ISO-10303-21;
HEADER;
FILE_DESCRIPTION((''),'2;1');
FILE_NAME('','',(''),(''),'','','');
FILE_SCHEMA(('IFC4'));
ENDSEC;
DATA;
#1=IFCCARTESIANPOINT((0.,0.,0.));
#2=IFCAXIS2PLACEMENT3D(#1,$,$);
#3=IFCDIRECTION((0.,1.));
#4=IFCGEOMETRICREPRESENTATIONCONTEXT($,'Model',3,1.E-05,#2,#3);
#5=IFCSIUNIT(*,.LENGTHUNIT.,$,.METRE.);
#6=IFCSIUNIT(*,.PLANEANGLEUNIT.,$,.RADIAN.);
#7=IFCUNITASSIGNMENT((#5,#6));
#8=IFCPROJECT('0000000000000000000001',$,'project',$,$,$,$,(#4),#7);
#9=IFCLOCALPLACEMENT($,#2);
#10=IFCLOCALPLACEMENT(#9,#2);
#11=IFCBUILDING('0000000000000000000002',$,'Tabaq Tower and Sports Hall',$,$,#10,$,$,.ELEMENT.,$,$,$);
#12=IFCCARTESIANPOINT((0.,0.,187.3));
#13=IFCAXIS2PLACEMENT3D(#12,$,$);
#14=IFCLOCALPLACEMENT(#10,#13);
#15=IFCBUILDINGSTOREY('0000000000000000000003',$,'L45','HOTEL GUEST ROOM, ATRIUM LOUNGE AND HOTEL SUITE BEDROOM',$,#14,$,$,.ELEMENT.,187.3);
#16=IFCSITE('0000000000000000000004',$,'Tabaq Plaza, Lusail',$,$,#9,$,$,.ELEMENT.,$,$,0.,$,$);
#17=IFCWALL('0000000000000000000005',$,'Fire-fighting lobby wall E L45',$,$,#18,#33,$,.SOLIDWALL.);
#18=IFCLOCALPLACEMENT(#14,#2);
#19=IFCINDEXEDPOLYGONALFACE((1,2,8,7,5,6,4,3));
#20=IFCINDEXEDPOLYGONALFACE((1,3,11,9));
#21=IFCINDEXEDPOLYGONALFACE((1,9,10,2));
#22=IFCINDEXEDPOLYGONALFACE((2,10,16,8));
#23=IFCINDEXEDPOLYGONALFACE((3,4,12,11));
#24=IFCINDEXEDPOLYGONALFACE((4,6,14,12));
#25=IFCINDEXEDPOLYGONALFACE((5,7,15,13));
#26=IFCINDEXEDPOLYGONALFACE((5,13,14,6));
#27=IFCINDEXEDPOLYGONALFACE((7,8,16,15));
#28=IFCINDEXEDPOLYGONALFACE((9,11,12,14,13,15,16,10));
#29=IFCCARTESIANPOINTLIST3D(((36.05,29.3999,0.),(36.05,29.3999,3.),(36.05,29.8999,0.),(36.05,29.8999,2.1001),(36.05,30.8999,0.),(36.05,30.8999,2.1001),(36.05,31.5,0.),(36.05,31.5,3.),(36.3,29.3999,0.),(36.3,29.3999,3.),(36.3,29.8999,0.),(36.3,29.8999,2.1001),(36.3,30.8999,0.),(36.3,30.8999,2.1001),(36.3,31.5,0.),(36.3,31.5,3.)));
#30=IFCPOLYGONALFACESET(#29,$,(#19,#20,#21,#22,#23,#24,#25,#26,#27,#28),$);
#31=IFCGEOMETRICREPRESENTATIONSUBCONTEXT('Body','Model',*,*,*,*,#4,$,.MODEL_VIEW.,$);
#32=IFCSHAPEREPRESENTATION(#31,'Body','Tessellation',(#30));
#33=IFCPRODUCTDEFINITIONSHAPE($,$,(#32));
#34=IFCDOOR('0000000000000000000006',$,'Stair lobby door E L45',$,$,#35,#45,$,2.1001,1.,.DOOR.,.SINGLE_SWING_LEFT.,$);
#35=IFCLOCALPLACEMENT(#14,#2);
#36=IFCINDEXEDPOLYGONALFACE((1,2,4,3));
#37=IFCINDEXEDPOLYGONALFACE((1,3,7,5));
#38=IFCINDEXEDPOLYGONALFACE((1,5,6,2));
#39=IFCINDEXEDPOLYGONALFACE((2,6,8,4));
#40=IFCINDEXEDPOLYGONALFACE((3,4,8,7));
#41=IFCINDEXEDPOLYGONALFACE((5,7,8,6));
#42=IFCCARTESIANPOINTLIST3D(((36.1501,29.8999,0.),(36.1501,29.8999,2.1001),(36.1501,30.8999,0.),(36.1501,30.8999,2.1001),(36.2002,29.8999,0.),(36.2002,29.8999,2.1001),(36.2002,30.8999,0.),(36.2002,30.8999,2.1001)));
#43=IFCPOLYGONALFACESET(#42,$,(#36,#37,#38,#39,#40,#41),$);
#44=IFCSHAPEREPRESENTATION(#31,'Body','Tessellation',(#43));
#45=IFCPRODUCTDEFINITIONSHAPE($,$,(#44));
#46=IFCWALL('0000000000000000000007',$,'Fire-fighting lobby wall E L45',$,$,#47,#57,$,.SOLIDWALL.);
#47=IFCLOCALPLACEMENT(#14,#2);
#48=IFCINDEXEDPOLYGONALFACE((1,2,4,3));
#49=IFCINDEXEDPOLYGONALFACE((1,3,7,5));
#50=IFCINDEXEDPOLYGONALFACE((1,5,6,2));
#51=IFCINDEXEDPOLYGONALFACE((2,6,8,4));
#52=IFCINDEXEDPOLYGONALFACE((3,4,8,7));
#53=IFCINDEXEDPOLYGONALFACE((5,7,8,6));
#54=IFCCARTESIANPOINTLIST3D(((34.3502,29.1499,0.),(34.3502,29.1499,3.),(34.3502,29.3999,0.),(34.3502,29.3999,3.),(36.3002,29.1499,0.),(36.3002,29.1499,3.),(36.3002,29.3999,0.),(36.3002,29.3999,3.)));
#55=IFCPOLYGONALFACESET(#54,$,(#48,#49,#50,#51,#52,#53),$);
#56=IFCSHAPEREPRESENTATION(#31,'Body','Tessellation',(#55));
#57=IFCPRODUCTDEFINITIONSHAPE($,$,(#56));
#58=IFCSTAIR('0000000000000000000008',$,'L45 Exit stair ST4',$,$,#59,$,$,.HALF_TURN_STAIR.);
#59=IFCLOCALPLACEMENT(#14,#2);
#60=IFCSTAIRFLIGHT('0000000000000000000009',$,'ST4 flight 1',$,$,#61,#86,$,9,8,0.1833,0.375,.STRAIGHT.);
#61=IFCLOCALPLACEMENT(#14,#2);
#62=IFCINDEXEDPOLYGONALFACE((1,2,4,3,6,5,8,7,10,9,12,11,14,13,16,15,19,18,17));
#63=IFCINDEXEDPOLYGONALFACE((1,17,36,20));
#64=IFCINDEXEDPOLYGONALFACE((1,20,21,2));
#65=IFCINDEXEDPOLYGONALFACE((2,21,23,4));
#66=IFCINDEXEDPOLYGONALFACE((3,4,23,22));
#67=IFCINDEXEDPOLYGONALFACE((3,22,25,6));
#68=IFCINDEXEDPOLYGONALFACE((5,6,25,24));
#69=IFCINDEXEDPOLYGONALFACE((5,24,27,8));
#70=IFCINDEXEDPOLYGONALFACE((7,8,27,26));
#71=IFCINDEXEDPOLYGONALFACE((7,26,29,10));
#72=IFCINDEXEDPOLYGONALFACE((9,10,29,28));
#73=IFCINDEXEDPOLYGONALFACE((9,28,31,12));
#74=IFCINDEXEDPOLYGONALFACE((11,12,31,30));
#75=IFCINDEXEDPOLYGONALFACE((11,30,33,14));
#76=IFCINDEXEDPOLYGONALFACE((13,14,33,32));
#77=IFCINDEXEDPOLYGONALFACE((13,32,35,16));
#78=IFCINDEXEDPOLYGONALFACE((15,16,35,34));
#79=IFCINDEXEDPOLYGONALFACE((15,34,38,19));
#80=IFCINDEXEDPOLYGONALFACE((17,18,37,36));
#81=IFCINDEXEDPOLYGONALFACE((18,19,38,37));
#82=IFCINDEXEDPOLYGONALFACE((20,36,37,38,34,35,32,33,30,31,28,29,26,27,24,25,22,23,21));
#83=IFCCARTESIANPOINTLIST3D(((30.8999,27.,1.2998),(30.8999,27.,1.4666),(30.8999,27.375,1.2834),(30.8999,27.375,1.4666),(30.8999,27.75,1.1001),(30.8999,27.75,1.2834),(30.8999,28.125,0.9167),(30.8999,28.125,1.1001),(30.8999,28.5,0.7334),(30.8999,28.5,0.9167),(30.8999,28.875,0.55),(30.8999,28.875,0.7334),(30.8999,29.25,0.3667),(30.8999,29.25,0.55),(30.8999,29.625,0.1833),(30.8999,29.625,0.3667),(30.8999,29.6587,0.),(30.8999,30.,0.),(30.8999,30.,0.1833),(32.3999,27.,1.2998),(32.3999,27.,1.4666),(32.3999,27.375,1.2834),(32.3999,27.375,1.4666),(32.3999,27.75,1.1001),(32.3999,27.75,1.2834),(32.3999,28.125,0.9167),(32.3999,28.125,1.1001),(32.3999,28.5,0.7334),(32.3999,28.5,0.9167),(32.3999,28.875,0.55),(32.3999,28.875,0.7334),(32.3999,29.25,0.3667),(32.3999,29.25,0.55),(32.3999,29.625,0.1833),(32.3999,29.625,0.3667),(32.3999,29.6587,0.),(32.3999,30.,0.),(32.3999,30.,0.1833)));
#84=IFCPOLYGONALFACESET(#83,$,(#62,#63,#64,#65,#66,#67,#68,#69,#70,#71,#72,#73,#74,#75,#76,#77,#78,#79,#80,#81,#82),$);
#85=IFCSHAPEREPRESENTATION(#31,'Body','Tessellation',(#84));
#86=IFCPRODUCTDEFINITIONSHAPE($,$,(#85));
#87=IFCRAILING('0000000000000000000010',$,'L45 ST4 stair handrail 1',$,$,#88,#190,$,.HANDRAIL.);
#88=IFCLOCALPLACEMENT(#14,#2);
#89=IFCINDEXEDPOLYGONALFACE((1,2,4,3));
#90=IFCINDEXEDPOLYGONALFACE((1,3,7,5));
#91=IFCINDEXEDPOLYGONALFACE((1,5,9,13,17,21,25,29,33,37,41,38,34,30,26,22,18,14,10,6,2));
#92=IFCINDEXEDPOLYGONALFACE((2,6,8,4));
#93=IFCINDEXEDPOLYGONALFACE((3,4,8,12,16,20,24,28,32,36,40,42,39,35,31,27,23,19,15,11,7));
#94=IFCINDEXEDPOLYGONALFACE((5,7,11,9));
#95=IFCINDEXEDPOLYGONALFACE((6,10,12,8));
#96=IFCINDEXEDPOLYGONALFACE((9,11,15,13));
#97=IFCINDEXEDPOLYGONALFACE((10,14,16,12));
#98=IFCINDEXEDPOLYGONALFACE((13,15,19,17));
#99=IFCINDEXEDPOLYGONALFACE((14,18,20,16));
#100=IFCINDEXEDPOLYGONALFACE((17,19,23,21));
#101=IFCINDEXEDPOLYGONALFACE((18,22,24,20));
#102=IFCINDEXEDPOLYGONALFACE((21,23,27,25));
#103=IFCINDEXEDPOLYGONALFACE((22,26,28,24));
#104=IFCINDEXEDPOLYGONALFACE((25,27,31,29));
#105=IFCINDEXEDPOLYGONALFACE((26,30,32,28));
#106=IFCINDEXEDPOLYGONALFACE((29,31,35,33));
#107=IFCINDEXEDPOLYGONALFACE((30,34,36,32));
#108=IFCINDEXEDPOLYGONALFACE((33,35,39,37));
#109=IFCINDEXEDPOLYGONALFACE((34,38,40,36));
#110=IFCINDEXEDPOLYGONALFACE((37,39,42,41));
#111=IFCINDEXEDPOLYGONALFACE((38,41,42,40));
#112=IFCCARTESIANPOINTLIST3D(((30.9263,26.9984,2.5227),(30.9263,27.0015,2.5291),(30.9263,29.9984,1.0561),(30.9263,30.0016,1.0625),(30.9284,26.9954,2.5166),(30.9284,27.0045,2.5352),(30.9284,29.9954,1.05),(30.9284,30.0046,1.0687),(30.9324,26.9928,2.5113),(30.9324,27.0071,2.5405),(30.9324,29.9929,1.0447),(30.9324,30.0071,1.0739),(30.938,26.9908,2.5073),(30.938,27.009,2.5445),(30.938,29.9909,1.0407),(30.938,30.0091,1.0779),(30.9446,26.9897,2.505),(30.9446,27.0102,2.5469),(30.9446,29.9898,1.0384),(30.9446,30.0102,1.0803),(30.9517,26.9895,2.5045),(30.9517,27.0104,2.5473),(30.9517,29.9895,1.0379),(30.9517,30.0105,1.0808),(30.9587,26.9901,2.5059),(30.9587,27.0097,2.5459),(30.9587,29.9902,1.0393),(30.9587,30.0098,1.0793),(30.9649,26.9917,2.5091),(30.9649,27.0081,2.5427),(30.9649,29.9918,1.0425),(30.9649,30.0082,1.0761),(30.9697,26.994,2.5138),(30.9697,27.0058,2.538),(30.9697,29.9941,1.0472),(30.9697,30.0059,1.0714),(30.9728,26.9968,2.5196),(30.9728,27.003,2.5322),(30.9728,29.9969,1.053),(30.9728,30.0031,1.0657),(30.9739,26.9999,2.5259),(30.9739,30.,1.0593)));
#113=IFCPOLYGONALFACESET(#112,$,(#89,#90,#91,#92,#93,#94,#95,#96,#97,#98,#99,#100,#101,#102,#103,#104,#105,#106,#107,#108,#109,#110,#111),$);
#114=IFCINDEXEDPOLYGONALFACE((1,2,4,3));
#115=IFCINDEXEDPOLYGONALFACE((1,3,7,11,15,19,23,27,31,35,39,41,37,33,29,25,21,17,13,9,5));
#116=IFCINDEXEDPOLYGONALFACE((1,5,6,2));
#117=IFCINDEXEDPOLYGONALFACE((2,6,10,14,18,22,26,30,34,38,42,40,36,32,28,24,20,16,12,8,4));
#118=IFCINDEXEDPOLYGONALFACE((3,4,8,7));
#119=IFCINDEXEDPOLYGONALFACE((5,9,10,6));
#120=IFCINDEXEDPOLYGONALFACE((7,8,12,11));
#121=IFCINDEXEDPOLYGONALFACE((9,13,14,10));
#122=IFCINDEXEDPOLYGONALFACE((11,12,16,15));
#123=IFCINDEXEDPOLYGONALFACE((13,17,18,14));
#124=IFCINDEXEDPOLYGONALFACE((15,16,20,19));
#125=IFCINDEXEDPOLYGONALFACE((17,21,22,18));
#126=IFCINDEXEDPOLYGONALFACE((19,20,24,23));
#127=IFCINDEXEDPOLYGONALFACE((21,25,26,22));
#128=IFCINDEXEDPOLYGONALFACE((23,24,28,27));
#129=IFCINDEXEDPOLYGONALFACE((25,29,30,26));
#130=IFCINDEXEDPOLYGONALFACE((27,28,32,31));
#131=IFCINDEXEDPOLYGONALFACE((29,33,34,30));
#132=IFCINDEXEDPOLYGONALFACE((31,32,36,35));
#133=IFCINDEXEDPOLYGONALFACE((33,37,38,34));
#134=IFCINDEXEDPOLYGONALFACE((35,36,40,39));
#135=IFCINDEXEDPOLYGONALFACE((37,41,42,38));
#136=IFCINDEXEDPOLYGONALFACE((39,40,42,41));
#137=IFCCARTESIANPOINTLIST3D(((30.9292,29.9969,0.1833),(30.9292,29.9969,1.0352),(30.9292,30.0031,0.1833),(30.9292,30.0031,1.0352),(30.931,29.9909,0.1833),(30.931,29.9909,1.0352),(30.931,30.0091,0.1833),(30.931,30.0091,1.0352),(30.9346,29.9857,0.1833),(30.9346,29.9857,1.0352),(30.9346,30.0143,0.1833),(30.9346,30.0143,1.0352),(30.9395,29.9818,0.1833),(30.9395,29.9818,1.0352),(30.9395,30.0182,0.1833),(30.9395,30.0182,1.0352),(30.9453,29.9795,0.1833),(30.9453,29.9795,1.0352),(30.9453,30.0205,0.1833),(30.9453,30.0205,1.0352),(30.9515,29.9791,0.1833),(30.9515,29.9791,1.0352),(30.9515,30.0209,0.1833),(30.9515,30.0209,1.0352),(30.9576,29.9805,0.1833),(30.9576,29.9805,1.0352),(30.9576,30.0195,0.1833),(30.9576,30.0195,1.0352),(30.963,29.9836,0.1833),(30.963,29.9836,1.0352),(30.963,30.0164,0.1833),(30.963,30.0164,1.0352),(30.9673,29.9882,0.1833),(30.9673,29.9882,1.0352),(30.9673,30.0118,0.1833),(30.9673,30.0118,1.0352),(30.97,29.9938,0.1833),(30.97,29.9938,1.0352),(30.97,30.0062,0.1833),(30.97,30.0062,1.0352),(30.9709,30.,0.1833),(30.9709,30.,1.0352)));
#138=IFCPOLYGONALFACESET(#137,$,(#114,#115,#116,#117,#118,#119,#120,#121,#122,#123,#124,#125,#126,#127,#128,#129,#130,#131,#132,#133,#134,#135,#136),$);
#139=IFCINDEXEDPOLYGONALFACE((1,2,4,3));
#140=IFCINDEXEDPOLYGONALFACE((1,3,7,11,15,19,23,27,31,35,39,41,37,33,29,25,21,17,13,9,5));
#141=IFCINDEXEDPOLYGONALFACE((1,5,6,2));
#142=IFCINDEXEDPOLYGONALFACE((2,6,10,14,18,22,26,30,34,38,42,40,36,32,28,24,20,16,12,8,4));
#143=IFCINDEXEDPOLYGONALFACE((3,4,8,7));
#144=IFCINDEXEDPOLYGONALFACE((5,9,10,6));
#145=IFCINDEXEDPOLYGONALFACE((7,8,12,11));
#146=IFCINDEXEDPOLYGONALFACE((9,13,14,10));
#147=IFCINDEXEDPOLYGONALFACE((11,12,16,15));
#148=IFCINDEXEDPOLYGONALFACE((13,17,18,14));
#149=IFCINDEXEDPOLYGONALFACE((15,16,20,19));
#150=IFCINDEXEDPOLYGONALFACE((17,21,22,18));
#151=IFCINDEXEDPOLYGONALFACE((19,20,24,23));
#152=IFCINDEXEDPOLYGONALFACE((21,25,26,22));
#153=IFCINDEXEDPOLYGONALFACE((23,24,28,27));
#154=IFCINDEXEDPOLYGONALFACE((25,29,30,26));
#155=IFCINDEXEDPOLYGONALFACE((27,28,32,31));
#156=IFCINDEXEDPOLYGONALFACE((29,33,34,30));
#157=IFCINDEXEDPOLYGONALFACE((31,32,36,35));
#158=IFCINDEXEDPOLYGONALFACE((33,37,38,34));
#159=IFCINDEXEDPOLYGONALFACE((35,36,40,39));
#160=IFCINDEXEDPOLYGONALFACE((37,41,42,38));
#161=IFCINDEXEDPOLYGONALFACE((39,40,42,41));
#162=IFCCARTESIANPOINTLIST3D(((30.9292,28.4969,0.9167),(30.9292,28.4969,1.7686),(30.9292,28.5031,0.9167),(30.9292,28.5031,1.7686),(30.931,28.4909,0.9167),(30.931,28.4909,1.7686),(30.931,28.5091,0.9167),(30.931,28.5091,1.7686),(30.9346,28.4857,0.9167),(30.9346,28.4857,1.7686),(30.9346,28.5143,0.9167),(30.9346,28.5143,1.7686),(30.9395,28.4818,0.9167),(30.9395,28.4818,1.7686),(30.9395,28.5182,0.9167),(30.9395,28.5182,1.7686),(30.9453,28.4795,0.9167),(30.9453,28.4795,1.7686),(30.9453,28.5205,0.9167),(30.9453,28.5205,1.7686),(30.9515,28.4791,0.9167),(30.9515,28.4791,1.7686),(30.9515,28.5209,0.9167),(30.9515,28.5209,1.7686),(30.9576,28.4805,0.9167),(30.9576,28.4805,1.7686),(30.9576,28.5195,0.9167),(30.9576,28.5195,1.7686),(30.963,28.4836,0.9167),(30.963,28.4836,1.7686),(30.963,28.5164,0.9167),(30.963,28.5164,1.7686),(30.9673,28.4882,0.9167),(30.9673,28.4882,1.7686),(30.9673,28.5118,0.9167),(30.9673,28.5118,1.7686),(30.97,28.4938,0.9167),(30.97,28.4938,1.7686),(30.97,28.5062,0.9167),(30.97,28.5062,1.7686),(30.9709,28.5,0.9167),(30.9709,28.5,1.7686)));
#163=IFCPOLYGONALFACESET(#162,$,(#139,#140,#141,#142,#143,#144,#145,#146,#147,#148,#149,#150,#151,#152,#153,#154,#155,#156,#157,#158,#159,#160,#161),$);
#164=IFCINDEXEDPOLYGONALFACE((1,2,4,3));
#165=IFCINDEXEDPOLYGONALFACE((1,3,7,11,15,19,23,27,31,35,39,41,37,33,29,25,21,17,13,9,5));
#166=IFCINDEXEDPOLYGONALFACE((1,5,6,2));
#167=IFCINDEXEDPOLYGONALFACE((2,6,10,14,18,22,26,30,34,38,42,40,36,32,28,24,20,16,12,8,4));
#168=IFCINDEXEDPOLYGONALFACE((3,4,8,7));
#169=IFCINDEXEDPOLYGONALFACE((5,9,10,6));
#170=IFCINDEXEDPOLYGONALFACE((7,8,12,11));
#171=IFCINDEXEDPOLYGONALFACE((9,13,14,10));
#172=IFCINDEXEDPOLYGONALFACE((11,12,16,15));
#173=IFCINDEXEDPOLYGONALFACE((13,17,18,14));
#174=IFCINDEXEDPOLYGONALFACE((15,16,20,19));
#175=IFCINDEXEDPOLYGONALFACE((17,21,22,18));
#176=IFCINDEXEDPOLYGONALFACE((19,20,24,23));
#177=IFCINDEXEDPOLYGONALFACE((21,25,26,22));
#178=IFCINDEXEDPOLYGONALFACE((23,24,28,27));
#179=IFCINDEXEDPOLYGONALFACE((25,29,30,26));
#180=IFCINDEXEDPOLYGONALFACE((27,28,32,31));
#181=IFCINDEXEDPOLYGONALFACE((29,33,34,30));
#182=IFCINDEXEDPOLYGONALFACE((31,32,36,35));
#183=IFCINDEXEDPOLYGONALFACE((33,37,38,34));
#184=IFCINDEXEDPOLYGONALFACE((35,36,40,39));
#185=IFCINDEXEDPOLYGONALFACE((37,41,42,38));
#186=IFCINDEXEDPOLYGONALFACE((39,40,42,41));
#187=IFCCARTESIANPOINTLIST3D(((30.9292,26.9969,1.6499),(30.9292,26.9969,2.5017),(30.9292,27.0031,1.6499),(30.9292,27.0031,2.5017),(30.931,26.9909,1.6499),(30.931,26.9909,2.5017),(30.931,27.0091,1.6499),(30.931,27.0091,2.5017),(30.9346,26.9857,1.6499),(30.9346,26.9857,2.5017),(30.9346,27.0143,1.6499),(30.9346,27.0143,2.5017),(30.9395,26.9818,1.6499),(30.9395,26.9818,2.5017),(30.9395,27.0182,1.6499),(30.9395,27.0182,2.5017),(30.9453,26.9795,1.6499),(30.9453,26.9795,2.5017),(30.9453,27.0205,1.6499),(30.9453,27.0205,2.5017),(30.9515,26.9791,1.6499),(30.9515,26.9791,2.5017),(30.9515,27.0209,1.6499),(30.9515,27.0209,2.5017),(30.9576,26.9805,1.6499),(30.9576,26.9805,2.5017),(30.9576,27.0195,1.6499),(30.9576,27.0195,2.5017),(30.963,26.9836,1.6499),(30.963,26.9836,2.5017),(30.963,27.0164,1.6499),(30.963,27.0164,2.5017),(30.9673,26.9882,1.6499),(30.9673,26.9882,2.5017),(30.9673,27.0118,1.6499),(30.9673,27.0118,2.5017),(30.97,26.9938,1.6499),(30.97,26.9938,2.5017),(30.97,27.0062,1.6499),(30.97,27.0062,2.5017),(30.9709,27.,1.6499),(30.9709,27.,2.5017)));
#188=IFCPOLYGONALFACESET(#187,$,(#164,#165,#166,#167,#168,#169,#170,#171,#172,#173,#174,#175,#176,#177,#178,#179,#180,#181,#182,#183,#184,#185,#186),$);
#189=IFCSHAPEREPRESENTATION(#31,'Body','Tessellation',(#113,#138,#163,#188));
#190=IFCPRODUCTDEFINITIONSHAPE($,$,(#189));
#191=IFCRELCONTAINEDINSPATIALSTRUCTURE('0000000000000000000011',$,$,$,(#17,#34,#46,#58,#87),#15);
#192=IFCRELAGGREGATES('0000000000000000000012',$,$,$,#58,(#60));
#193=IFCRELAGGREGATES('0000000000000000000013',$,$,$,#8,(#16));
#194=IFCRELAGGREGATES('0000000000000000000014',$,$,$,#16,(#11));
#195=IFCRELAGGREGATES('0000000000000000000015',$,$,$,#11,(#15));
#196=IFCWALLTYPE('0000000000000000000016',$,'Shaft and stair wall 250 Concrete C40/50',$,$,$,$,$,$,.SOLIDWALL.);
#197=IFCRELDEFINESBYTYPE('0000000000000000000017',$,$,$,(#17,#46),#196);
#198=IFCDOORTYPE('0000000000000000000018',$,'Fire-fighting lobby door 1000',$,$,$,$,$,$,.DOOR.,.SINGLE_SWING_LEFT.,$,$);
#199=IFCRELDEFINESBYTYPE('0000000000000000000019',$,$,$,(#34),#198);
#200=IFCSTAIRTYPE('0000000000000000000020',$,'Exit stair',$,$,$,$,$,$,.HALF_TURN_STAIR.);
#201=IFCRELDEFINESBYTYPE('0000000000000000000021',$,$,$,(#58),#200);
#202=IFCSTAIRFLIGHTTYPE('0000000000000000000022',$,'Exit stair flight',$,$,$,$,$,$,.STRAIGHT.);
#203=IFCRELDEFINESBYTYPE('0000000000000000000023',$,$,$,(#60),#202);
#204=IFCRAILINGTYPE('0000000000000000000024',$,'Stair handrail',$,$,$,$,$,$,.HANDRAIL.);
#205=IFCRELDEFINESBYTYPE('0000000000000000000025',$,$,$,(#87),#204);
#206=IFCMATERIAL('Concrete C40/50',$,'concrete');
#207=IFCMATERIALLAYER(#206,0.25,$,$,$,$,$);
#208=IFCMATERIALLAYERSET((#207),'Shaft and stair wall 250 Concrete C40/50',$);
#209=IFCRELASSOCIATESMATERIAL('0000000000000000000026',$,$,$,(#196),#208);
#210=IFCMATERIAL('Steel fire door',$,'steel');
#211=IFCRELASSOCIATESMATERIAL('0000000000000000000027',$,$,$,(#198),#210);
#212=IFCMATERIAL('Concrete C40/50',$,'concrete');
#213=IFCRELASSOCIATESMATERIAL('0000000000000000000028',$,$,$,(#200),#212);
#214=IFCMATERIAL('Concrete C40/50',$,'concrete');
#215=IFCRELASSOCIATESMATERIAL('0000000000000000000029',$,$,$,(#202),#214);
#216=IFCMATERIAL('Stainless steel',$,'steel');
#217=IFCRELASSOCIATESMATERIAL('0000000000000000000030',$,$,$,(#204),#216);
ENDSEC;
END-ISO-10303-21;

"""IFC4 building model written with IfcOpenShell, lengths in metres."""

from ifc_helpers import new_model, si_unit, direction, frame, frame_2d, origin, origin_2d, place, context, subcontext, project, spatial, polyline, rectangle, circle, outline, extrude, material, layer, layer_set, type_object, element, fill, aggregate, save


model = new_model("IFC4")

# Units and contexts
model_context = context("Model", 3, precision=1e-05, world=origin(), true_north=direction((0.0, 1.0)))
body_context = subcontext(model_context, "Body", "Model", "MODEL_VIEW")
ifc_project = project(units=[si_unit("LENGTHUNIT", "METRE"), si_unit("PLANEANGLEUNIT", "RADIAN")], contexts=[model_context])

# Site, building, storey
site_placement = place(None, origin())
site = spatial("IfcSite", under=ifc_project, at=site_placement, Name="Tabaq Plaza, Lusail", CompositionType="ELEMENT", RefElevation=0.0)
building_placement = place(site_placement, origin())
building = spatial("IfcBuilding", under=site, at=building_placement, Name="Tabaq Tower and Sports Hall", CompositionType="ELEMENT")
storey_placement = place(building_placement, frame((0.0, 0.0, 187.3)))
storey = spatial("IfcBuildingStorey", under=building, at=storey_placement, Name="L45", Description="HOTEL GUEST ROOM, ATRIUM LOUNGE AND HOTEL SUITE BEDROOM", CompositionType="ELEMENT", Elevation=187.3)

# Wall, opening, door
ifc_material_1 = material(Name="Concrete C40/50", Category="concrete")
ifc_layer_1 = layer(ifc_material_1, 0.25)
ifc_layer_set_1 = layer_set([ifc_layer_1], Name="Shaft and stair wall 250 Concrete C40/50")
wall_type_1 = type_object("IfcWallType", Name="Shaft and stair wall 250 Concrete C40/50", PredefinedType="SOLIDWALL", material=ifc_layer_set_1)
wall_1_placement = place(storey_placement, frame((36.175, 29.3999, 0.0), z_axis=(0.0, 0.0, 1.0), x_axis=(0.0, 1.0, 0.0)))
wall_1 = element("IfcWall", 1, at=wall_1_placement, inside=storey, type_object=wall_type_1, Name="Fire-fighting lobby wall E L45", PredefinedType="SOLIDWALL", context=body_context, shape_type="SweptSolid", body=[
    extrude(rectangle(XDim=2.1001, YDim=0.25, at=frame_2d((1.05, 0.0))), origin(), (0.0, 0.0, 1.0), 3.0),
])
opening_1_placement = place(wall_1_placement, frame((0.5, 0.0, 0.0)))
opening_1 = element("IfcOpeningElement", 2, at=opening_1_placement, cuts=wall_1, PredefinedType="OPENING", context=body_context, shape_type="SweptSolid", body=[
    extrude(rectangle(XDim=1.0, YDim=2.1001, at=frame_2d((0.5, 1.05))), frame((0.0, 0.125, 0.0), z_axis=(0.0, -1.0, 0.0), x_axis=(1.0, 0.0, 0.0)), (0.0, 0.0, 1.0), 0.25),
])
ifc_material_2 = material(Name="Steel fire door", Category="steel")
door_type_1 = type_object("IfcDoorType", Name="Fire-fighting lobby door 1000", OperationType="SINGLE_SWING_LEFT", PredefinedType="DOOR", material=ifc_material_2)
door_1_placement = place(opening_1_placement, origin())
door_1 = element("IfcDoor", 3, at=door_1_placement, inside=storey, type_object=door_type_1, Name="Stair lobby door E L45", OperationType="SINGLE_SWING_LEFT", OverallHeight=2.1001, OverallWidth=1.0, PredefinedType="DOOR", context=body_context, shape_type="SweptSolid", body=[
    extrude(rectangle(XDim=1.0, YDim=2.1001, at=frame_2d((0.5, 1.05))), frame((0.0, 0.0249, 0.0), z_axis=(0.0, -1.0, 0.0), x_axis=(1.0, 0.0, 0.0)), (0.0, 0.0, 1.0), 0.05),
])
fill(opening_1, door_1)

# Wall
wall_2_placement = place(storey_placement, frame((34.3501, 29.2749, 0.0), z_axis=(0.0, 0.0, 1.0), x_axis=(1.0, 0.0, 0.0)))
element("IfcWall", 4, at=wall_2_placement, inside=storey, type_object=wall_type_1, Name="Fire-fighting lobby wall E L45", PredefinedType="SOLIDWALL", context=body_context, shape_type="SweptSolid", body=[
    extrude(rectangle(XDim=1.95, YDim=0.25, at=frame_2d((0.9751, 0.0))), origin(), (0.0, 0.0, 1.0), 3.0),
])

# Stair, stair flight
ifc_material_3 = material(Name="Concrete C40/50", Category="concrete")
stair_type = type_object("IfcStairType", Name="Exit stair", PredefinedType="HALF_TURN_STAIR", material=ifc_material_3)
stair_placement = place(storey_placement, origin())
stair = element("IfcStair", 5, at=stair_placement, inside=storey, type_object=stair_type, Name="L45 Exit stair ST4", PredefinedType="HALF_TURN_STAIR")
ifc_material_4 = material(Name="Concrete C40/50", Category="concrete")
stair_flight_type = type_object("IfcStairFlightType", Name="Exit stair flight", PredefinedType="STRAIGHT", material=ifc_material_4)
stair_flight_placement = place(storey_placement, frame((31.6499, 30.0, 0.0), z_axis=(0.0, 0.0, 1.0), x_axis=(0.0, -1.0, 0.0)))
stair_flight = element("IfcStairFlight", 6, at=stair_flight_placement, type_object=stair_flight_type, Name="ST4 flight 1", NumberOfRisers=9, NumberOfTreads=8, PredefinedType="STRAIGHT", RiserHeight=0.1833, TreadLength=0.375, context=body_context, shape_type="SweptSolid", body=[
    extrude(outline(polyline([(0.0, 0.0), (0.0, 0.1833), (0.375, 0.1833), (0.375, 0.3667), (0.75, 0.3667), (0.75, 0.55), (1.125, 0.55), (1.125, 0.7334), (1.5, 0.7334), (1.5, 0.9167), (1.875, 0.9167), (1.875, 1.1001), (2.25, 1.1001), (2.25, 1.2834), (2.625, 1.2834), (2.625, 1.4666), (3.0, 1.4666), (3.0, 1.6499), (3.0, 1.2998), (0.3413, 0.0), (0.0, 0.0)])), frame((0.0, 0.75, 0.0), z_axis=(0.0, -1.0, 0.0), x_axis=(1.0, 0.0, 0.0)), (0.0, 0.0, 1.0), 1.5),
])
aggregate(stair, [stair_flight])

# Railing
ifc_material_5 = material(Name="Stainless steel", Category="steel")
railing_type_1 = type_object("IfcRailingType", Name="Stair handrail", PredefinedType="HANDRAIL", material=ifc_material_5)
railing_1_placement = place(storey_placement, frame((30.95, 30.0, 0.1833)))
element("IfcRailing", 7, at=railing_1_placement, inside=storey, type_object=railing_type_1, Name="L45 ST4 stair handrail 1", PredefinedType="HANDRAIL", context=body_context, shape_type="SweptSolid", body=[
    extrude(circle(Radius=0.0239, at=origin_2d()), frame((0.0, 0.0, 0.876), z_axis=(0.0, -0.898398, 0.439183), x_axis=(1.0, 0.0, 0.0)), (0.0, 0.0, 1.0), 3.3394),
    extrude(circle(Radius=0.021, at=origin_2d()), origin(), (0.0, 0.0, 1.0), 0.8518),
    extrude(circle(Radius=0.021, at=origin_2d()), frame((0.0, -1.5, 0.7334)), (0.0, 0.0, 1.0), 0.8518),
    extrude(circle(Radius=0.021, at=origin_2d()), frame((0.0, -3.0, 1.4666)), (0.0, 0.0, 1.0), 0.8518),
])

save(model, "model.ifc")
